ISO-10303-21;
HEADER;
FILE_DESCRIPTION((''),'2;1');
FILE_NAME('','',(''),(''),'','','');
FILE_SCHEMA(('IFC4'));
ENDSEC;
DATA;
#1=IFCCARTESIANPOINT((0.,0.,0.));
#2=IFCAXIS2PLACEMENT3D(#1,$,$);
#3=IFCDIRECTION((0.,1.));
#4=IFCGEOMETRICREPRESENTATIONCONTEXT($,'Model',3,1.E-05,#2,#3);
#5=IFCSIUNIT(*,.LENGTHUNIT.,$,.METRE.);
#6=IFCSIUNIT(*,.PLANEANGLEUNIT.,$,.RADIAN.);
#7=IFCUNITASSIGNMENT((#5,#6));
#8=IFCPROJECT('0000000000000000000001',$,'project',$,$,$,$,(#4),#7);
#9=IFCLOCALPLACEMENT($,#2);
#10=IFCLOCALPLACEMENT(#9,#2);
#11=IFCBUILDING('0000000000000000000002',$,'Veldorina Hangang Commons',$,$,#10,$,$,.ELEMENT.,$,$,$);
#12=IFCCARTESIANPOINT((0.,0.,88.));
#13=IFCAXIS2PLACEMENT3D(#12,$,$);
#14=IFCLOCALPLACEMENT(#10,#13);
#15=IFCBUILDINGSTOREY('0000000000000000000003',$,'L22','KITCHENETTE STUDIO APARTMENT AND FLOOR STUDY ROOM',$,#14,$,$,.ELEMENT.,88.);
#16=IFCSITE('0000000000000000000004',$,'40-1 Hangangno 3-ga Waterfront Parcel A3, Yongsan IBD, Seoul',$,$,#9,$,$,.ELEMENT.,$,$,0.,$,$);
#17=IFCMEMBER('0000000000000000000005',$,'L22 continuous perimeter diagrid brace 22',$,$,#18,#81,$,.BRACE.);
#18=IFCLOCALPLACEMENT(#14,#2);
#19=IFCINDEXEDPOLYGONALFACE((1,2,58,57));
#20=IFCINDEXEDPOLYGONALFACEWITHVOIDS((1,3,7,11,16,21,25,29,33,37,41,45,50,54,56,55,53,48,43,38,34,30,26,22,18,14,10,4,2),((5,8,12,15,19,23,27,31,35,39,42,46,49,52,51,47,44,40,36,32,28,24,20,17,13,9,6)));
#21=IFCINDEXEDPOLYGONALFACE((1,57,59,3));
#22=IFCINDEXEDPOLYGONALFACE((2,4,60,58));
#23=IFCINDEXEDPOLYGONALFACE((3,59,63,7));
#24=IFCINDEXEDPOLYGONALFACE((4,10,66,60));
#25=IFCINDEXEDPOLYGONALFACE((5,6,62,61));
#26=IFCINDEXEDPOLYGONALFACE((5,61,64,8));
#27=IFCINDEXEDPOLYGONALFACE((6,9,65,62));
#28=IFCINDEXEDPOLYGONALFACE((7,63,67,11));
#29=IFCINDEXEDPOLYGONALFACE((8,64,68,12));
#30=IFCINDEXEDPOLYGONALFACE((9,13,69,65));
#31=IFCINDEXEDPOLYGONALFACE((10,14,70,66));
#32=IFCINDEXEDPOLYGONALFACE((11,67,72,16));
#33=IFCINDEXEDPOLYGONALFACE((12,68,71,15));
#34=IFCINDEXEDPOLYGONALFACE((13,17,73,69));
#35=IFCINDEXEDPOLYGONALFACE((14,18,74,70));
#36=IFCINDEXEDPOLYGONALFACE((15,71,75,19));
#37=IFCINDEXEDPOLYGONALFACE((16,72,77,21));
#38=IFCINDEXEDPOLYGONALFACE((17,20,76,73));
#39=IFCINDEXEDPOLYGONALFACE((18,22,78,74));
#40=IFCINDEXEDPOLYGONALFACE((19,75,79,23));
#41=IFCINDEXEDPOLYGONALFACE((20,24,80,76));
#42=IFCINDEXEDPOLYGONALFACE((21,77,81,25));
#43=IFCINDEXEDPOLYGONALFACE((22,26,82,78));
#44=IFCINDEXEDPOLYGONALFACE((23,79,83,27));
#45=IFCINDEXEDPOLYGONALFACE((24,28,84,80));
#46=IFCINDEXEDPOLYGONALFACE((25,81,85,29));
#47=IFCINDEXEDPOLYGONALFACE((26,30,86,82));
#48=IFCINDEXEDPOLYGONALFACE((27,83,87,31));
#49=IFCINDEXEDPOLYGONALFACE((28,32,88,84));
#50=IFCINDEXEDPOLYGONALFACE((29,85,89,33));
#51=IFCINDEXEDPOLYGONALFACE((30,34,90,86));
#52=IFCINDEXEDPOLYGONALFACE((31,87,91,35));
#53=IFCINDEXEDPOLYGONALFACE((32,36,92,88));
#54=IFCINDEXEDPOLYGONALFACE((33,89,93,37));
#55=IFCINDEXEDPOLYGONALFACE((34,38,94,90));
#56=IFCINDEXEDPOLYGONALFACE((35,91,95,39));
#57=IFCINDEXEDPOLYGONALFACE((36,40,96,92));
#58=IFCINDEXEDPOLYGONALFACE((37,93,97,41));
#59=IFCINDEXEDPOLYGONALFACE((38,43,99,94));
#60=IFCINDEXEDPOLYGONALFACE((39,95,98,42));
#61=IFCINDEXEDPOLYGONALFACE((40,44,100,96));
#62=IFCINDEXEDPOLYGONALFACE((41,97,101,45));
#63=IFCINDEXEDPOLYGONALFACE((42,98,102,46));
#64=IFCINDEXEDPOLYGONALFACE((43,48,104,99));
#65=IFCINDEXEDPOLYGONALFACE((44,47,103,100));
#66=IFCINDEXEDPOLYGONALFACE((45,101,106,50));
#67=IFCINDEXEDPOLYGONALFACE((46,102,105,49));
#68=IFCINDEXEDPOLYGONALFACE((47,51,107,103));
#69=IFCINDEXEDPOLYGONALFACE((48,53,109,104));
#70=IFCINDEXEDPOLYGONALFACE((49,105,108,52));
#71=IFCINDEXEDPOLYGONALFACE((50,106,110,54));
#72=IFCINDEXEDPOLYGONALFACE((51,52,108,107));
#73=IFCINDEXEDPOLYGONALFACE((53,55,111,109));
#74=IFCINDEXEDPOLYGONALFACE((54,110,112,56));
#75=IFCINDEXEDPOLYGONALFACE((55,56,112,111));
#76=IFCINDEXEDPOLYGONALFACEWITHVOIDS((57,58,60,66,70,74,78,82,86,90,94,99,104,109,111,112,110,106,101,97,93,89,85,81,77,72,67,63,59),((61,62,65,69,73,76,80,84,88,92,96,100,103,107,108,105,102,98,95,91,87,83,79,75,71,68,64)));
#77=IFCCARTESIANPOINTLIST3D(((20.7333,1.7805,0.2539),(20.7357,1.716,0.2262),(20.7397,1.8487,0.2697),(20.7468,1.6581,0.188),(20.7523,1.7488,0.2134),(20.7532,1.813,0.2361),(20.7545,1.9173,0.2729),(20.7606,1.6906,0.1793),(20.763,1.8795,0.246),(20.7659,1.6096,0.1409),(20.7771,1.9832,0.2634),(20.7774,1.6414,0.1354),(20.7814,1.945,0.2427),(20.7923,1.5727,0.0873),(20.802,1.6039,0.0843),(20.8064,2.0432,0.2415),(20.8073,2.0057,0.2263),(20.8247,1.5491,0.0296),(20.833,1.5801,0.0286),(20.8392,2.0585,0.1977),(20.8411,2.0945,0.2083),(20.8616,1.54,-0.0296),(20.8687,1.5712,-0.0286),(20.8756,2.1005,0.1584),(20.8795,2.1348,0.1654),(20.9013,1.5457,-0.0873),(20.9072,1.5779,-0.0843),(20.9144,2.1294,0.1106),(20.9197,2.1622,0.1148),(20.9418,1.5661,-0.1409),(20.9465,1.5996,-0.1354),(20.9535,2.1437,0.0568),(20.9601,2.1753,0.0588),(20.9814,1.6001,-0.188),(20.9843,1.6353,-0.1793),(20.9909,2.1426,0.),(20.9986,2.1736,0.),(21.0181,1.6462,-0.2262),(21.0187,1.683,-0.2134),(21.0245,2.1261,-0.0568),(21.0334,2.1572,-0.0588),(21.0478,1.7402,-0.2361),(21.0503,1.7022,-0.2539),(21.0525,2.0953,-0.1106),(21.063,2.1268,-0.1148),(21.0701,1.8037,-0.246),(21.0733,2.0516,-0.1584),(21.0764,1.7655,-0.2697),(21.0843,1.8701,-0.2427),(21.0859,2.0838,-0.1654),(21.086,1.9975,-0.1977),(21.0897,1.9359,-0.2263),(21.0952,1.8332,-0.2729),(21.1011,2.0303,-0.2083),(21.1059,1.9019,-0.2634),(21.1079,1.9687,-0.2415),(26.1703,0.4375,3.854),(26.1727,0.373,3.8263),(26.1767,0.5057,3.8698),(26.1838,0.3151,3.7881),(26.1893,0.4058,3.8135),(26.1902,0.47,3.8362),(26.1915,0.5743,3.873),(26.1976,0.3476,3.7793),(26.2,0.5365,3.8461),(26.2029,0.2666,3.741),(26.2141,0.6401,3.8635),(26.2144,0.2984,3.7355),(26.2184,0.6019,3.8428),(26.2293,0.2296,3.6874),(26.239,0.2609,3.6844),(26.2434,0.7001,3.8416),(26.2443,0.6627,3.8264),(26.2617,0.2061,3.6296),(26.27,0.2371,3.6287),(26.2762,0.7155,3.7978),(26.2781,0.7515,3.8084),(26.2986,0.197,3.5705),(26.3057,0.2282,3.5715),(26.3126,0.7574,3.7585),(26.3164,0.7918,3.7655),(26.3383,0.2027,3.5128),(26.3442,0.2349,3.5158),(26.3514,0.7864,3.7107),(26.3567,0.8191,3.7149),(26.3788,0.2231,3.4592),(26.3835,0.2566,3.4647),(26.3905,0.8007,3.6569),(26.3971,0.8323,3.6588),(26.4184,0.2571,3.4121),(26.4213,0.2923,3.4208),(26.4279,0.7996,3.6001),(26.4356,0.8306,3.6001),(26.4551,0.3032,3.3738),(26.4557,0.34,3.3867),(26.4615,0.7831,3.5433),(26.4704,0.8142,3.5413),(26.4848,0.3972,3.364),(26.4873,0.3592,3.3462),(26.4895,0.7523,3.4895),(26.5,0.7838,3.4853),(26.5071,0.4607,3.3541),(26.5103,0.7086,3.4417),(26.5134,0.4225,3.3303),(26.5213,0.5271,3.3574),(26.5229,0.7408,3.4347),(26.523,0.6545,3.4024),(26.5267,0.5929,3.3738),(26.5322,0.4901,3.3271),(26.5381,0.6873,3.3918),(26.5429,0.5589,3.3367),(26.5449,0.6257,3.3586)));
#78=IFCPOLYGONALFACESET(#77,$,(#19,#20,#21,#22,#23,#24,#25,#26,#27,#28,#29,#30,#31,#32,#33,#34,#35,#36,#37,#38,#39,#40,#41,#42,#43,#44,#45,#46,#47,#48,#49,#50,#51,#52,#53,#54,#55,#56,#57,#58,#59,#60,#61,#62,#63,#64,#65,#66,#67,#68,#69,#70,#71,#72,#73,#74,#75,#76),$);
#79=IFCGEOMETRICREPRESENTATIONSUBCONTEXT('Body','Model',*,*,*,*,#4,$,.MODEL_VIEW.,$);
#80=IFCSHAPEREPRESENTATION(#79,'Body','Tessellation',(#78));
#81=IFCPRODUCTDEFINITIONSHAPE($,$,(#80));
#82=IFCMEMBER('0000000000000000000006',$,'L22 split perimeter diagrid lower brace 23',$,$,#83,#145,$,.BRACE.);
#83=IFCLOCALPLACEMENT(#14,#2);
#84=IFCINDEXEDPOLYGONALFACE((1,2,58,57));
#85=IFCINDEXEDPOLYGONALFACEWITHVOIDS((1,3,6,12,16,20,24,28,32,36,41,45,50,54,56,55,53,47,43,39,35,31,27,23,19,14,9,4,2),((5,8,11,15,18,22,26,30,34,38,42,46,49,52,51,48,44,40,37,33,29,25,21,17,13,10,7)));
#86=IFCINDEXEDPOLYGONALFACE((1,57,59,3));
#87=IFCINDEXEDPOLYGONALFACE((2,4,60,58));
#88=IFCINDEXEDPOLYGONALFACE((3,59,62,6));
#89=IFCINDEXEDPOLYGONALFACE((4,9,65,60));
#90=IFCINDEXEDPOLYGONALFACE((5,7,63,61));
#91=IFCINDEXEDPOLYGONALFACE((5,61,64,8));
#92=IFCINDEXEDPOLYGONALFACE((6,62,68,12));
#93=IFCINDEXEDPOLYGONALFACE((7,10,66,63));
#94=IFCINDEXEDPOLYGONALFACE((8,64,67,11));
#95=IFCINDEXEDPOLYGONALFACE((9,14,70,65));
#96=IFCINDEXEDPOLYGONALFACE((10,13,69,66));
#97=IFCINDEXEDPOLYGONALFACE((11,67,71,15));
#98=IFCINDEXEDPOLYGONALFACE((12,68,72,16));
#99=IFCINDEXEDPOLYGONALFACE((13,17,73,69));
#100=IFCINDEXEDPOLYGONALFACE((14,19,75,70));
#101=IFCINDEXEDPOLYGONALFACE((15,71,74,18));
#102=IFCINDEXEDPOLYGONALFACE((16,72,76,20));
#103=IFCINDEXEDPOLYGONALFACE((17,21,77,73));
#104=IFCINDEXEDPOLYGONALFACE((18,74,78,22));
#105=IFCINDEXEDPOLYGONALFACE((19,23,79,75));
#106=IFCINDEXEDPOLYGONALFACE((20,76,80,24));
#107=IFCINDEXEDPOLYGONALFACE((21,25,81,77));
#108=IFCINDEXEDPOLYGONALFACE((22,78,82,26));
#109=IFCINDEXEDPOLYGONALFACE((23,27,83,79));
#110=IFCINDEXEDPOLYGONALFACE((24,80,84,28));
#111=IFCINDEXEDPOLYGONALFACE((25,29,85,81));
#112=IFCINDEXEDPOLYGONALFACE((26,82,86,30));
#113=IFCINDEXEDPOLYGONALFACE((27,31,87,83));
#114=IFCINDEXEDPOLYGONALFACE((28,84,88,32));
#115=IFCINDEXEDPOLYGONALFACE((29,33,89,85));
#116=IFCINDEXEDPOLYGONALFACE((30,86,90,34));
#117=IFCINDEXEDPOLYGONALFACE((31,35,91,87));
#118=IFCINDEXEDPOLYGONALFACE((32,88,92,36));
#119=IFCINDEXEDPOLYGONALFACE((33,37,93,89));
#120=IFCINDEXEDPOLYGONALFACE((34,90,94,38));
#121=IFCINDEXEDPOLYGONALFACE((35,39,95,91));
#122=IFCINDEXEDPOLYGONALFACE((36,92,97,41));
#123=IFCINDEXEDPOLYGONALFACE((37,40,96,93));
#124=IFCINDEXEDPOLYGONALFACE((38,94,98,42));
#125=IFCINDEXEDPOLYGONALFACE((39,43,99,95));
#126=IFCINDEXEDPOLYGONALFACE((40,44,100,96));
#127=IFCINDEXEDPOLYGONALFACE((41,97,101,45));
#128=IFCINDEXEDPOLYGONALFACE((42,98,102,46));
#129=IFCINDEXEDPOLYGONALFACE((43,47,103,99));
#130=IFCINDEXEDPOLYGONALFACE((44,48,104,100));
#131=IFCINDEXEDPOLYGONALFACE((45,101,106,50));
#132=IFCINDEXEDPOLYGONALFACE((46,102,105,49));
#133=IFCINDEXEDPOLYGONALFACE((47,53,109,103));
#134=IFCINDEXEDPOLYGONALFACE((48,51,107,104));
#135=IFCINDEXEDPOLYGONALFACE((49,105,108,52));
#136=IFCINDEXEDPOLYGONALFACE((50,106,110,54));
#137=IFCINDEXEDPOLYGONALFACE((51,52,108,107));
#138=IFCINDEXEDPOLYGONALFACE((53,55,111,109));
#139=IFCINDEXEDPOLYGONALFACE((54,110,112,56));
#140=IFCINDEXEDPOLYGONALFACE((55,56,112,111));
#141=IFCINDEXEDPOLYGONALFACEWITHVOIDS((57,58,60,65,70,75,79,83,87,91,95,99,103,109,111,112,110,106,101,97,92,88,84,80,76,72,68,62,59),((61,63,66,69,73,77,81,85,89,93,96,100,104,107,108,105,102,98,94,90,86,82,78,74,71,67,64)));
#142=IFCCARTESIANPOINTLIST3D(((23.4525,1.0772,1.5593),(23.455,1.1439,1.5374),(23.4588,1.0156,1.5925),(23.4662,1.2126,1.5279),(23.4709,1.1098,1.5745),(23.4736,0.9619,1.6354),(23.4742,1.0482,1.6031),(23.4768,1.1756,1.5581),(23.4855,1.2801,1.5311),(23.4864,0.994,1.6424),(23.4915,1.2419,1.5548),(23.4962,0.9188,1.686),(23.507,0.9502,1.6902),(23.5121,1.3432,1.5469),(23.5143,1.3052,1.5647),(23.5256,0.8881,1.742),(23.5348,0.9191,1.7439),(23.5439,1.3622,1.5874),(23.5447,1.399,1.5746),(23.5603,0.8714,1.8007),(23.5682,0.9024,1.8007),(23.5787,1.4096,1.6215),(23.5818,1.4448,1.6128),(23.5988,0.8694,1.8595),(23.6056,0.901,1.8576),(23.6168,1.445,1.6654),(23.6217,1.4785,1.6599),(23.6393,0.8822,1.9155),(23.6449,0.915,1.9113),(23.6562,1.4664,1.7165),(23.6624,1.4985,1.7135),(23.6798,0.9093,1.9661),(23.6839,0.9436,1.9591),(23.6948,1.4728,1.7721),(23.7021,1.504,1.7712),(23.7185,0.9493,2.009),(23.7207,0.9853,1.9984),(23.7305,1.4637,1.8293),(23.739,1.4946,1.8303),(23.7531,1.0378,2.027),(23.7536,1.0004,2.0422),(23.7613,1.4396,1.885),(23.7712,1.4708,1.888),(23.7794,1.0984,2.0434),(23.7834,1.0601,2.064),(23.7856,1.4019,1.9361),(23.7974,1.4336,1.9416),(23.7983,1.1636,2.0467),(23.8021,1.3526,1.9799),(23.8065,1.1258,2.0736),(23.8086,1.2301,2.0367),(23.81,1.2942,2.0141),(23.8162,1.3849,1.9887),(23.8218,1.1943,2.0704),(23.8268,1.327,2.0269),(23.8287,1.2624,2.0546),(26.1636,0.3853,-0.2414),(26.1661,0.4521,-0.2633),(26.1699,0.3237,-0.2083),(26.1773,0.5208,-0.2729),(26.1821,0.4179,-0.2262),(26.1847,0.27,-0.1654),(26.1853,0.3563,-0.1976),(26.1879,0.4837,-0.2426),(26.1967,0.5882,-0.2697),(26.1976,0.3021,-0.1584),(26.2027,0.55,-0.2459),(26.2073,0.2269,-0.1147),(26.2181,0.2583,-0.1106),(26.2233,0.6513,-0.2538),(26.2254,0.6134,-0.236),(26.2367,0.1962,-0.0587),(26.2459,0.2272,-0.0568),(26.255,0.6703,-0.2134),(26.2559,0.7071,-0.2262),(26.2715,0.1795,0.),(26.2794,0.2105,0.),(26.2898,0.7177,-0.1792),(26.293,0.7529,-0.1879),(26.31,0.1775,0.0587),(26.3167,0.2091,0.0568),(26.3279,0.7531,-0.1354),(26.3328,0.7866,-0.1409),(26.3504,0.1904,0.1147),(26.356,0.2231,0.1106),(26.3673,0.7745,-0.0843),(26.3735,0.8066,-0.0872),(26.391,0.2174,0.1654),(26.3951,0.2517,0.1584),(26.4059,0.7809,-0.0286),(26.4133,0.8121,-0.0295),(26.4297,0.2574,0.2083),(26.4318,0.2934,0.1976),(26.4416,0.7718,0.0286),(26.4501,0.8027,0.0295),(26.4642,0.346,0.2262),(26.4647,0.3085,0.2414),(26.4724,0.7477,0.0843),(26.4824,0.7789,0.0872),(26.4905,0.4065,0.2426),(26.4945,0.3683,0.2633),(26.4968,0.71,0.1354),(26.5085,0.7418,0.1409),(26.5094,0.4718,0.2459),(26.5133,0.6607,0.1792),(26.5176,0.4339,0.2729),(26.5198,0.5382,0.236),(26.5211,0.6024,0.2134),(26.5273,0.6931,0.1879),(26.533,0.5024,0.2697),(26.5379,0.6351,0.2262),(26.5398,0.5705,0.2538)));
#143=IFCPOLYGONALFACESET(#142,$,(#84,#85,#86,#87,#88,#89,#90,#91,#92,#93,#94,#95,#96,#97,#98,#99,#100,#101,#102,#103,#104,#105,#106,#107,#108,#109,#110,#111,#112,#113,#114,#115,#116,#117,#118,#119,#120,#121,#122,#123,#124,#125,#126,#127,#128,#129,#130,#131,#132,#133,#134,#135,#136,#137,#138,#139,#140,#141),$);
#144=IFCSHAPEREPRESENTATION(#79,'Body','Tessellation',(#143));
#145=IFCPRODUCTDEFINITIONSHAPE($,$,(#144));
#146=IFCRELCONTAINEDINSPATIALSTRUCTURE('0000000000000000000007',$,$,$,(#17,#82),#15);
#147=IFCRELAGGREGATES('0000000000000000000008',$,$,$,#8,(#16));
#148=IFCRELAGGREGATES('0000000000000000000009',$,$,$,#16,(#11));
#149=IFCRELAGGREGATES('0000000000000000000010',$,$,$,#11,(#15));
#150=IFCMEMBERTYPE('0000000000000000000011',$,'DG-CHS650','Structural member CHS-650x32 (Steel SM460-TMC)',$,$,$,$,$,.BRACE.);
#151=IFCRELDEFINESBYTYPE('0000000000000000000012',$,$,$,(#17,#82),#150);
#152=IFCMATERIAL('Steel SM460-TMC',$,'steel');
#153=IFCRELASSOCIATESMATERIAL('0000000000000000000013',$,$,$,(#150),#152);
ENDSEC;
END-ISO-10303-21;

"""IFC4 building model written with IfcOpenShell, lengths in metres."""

from ifc_helpers import new_model, si_unit, direction, frame, origin, origin_2d, place, context, subcontext, project, spatial, hollow_circle, extrude, material, material_profile, profile_set, type_object, element, save


model = new_model("IFC4")

# Units and contexts
model_context = context("Model", 3, precision=1e-05, world=origin(), true_north=direction((0.0, 1.0)))
body_context = subcontext(model_context, "Body", "Model", "MODEL_VIEW")
ifc_project = project(units=[si_unit("LENGTHUNIT", "METRE"), si_unit("PLANEANGLEUNIT", "RADIAN")], contexts=[model_context])

# Site, building, storey
site_placement = place(None, origin())
site = spatial("IfcSite", under=ifc_project, at=site_placement, Name="40-1 Hangangno 3-ga Waterfront Parcel A3, Yongsan IBD, Seoul", CompositionType="ELEMENT", RefElevation=0.0)
building_placement = place(site_placement, origin())
building = spatial("IfcBuilding", under=site, at=building_placement, Name="Veldorina Hangang Commons", CompositionType="ELEMENT")
storey_placement = place(building_placement, frame((0.0, 0.0, 88.0)))
storey = spatial("IfcBuildingStorey", under=building, at=storey_placement, Name="L22", Description="KITCHENETTE STUDIO APARTMENT AND FLOOR STUDY ROOM", CompositionType="ELEMENT", Elevation=88.0)

# Members
ifc_material_1 = material(Name="Steel SM460-TMC", Category="steel")
ifc_material_profile_1 = material_profile(ifc_material_1, hollow_circle(Radius=0.325, WallThickness=0.032, at=origin_2d()), Name="CHS-650x32")
ifc_profile_set_1 = profile_set([ifc_material_profile_1], Name="Steel SM460-TMC")
member_type = type_object("IfcMemberType", Name="DG-CHS650", Description="Structural member CHS-650x32 (Steel SM460-TMC)", PredefinedType="BRACE", material=ifc_profile_set_1)
member_1_placement = place(storey_placement, frame((20.9207, 1.8582, 0.0), z_axis=(0.816645, -0.201723, 0.540739), x_axis=(0.239806, 0.970821, 0.0)))
element("IfcMember", 1, at=member_1_placement, inside=storey, type_object=member_type, Name="L22 continuous perimeter diagrid brace 22", PredefinedType="BRACE", context=body_context, shape_type="SweptSolid", body=[
    extrude(hollow_circle(Radius=0.325, WallThickness=0.032, at=origin_2d()), origin(), (0.0, 0.0, 1.0), 6.6577),
])
member_2_placement = place(storey_placement, frame((26.3518, 0.4944, 0.0), z_axis=(-0.814788, 0.207934, 0.541187), x_axis=(-0.247275, -0.968945, 0.0)))
element("IfcMember", 2, at=member_2_placement, inside=storey, type_object=member_type, Name="L22 split perimeter diagrid lower brace 23", PredefinedType="BRACE", context=body_context, shape_type="SweptSolid", body=[
    extrude(hollow_circle(Radius=0.325, WallThickness=0.032, at=origin_2d()), origin(), (0.0, 0.0, 1.0), 3.3274),
])

save(model, "model.ifc")
